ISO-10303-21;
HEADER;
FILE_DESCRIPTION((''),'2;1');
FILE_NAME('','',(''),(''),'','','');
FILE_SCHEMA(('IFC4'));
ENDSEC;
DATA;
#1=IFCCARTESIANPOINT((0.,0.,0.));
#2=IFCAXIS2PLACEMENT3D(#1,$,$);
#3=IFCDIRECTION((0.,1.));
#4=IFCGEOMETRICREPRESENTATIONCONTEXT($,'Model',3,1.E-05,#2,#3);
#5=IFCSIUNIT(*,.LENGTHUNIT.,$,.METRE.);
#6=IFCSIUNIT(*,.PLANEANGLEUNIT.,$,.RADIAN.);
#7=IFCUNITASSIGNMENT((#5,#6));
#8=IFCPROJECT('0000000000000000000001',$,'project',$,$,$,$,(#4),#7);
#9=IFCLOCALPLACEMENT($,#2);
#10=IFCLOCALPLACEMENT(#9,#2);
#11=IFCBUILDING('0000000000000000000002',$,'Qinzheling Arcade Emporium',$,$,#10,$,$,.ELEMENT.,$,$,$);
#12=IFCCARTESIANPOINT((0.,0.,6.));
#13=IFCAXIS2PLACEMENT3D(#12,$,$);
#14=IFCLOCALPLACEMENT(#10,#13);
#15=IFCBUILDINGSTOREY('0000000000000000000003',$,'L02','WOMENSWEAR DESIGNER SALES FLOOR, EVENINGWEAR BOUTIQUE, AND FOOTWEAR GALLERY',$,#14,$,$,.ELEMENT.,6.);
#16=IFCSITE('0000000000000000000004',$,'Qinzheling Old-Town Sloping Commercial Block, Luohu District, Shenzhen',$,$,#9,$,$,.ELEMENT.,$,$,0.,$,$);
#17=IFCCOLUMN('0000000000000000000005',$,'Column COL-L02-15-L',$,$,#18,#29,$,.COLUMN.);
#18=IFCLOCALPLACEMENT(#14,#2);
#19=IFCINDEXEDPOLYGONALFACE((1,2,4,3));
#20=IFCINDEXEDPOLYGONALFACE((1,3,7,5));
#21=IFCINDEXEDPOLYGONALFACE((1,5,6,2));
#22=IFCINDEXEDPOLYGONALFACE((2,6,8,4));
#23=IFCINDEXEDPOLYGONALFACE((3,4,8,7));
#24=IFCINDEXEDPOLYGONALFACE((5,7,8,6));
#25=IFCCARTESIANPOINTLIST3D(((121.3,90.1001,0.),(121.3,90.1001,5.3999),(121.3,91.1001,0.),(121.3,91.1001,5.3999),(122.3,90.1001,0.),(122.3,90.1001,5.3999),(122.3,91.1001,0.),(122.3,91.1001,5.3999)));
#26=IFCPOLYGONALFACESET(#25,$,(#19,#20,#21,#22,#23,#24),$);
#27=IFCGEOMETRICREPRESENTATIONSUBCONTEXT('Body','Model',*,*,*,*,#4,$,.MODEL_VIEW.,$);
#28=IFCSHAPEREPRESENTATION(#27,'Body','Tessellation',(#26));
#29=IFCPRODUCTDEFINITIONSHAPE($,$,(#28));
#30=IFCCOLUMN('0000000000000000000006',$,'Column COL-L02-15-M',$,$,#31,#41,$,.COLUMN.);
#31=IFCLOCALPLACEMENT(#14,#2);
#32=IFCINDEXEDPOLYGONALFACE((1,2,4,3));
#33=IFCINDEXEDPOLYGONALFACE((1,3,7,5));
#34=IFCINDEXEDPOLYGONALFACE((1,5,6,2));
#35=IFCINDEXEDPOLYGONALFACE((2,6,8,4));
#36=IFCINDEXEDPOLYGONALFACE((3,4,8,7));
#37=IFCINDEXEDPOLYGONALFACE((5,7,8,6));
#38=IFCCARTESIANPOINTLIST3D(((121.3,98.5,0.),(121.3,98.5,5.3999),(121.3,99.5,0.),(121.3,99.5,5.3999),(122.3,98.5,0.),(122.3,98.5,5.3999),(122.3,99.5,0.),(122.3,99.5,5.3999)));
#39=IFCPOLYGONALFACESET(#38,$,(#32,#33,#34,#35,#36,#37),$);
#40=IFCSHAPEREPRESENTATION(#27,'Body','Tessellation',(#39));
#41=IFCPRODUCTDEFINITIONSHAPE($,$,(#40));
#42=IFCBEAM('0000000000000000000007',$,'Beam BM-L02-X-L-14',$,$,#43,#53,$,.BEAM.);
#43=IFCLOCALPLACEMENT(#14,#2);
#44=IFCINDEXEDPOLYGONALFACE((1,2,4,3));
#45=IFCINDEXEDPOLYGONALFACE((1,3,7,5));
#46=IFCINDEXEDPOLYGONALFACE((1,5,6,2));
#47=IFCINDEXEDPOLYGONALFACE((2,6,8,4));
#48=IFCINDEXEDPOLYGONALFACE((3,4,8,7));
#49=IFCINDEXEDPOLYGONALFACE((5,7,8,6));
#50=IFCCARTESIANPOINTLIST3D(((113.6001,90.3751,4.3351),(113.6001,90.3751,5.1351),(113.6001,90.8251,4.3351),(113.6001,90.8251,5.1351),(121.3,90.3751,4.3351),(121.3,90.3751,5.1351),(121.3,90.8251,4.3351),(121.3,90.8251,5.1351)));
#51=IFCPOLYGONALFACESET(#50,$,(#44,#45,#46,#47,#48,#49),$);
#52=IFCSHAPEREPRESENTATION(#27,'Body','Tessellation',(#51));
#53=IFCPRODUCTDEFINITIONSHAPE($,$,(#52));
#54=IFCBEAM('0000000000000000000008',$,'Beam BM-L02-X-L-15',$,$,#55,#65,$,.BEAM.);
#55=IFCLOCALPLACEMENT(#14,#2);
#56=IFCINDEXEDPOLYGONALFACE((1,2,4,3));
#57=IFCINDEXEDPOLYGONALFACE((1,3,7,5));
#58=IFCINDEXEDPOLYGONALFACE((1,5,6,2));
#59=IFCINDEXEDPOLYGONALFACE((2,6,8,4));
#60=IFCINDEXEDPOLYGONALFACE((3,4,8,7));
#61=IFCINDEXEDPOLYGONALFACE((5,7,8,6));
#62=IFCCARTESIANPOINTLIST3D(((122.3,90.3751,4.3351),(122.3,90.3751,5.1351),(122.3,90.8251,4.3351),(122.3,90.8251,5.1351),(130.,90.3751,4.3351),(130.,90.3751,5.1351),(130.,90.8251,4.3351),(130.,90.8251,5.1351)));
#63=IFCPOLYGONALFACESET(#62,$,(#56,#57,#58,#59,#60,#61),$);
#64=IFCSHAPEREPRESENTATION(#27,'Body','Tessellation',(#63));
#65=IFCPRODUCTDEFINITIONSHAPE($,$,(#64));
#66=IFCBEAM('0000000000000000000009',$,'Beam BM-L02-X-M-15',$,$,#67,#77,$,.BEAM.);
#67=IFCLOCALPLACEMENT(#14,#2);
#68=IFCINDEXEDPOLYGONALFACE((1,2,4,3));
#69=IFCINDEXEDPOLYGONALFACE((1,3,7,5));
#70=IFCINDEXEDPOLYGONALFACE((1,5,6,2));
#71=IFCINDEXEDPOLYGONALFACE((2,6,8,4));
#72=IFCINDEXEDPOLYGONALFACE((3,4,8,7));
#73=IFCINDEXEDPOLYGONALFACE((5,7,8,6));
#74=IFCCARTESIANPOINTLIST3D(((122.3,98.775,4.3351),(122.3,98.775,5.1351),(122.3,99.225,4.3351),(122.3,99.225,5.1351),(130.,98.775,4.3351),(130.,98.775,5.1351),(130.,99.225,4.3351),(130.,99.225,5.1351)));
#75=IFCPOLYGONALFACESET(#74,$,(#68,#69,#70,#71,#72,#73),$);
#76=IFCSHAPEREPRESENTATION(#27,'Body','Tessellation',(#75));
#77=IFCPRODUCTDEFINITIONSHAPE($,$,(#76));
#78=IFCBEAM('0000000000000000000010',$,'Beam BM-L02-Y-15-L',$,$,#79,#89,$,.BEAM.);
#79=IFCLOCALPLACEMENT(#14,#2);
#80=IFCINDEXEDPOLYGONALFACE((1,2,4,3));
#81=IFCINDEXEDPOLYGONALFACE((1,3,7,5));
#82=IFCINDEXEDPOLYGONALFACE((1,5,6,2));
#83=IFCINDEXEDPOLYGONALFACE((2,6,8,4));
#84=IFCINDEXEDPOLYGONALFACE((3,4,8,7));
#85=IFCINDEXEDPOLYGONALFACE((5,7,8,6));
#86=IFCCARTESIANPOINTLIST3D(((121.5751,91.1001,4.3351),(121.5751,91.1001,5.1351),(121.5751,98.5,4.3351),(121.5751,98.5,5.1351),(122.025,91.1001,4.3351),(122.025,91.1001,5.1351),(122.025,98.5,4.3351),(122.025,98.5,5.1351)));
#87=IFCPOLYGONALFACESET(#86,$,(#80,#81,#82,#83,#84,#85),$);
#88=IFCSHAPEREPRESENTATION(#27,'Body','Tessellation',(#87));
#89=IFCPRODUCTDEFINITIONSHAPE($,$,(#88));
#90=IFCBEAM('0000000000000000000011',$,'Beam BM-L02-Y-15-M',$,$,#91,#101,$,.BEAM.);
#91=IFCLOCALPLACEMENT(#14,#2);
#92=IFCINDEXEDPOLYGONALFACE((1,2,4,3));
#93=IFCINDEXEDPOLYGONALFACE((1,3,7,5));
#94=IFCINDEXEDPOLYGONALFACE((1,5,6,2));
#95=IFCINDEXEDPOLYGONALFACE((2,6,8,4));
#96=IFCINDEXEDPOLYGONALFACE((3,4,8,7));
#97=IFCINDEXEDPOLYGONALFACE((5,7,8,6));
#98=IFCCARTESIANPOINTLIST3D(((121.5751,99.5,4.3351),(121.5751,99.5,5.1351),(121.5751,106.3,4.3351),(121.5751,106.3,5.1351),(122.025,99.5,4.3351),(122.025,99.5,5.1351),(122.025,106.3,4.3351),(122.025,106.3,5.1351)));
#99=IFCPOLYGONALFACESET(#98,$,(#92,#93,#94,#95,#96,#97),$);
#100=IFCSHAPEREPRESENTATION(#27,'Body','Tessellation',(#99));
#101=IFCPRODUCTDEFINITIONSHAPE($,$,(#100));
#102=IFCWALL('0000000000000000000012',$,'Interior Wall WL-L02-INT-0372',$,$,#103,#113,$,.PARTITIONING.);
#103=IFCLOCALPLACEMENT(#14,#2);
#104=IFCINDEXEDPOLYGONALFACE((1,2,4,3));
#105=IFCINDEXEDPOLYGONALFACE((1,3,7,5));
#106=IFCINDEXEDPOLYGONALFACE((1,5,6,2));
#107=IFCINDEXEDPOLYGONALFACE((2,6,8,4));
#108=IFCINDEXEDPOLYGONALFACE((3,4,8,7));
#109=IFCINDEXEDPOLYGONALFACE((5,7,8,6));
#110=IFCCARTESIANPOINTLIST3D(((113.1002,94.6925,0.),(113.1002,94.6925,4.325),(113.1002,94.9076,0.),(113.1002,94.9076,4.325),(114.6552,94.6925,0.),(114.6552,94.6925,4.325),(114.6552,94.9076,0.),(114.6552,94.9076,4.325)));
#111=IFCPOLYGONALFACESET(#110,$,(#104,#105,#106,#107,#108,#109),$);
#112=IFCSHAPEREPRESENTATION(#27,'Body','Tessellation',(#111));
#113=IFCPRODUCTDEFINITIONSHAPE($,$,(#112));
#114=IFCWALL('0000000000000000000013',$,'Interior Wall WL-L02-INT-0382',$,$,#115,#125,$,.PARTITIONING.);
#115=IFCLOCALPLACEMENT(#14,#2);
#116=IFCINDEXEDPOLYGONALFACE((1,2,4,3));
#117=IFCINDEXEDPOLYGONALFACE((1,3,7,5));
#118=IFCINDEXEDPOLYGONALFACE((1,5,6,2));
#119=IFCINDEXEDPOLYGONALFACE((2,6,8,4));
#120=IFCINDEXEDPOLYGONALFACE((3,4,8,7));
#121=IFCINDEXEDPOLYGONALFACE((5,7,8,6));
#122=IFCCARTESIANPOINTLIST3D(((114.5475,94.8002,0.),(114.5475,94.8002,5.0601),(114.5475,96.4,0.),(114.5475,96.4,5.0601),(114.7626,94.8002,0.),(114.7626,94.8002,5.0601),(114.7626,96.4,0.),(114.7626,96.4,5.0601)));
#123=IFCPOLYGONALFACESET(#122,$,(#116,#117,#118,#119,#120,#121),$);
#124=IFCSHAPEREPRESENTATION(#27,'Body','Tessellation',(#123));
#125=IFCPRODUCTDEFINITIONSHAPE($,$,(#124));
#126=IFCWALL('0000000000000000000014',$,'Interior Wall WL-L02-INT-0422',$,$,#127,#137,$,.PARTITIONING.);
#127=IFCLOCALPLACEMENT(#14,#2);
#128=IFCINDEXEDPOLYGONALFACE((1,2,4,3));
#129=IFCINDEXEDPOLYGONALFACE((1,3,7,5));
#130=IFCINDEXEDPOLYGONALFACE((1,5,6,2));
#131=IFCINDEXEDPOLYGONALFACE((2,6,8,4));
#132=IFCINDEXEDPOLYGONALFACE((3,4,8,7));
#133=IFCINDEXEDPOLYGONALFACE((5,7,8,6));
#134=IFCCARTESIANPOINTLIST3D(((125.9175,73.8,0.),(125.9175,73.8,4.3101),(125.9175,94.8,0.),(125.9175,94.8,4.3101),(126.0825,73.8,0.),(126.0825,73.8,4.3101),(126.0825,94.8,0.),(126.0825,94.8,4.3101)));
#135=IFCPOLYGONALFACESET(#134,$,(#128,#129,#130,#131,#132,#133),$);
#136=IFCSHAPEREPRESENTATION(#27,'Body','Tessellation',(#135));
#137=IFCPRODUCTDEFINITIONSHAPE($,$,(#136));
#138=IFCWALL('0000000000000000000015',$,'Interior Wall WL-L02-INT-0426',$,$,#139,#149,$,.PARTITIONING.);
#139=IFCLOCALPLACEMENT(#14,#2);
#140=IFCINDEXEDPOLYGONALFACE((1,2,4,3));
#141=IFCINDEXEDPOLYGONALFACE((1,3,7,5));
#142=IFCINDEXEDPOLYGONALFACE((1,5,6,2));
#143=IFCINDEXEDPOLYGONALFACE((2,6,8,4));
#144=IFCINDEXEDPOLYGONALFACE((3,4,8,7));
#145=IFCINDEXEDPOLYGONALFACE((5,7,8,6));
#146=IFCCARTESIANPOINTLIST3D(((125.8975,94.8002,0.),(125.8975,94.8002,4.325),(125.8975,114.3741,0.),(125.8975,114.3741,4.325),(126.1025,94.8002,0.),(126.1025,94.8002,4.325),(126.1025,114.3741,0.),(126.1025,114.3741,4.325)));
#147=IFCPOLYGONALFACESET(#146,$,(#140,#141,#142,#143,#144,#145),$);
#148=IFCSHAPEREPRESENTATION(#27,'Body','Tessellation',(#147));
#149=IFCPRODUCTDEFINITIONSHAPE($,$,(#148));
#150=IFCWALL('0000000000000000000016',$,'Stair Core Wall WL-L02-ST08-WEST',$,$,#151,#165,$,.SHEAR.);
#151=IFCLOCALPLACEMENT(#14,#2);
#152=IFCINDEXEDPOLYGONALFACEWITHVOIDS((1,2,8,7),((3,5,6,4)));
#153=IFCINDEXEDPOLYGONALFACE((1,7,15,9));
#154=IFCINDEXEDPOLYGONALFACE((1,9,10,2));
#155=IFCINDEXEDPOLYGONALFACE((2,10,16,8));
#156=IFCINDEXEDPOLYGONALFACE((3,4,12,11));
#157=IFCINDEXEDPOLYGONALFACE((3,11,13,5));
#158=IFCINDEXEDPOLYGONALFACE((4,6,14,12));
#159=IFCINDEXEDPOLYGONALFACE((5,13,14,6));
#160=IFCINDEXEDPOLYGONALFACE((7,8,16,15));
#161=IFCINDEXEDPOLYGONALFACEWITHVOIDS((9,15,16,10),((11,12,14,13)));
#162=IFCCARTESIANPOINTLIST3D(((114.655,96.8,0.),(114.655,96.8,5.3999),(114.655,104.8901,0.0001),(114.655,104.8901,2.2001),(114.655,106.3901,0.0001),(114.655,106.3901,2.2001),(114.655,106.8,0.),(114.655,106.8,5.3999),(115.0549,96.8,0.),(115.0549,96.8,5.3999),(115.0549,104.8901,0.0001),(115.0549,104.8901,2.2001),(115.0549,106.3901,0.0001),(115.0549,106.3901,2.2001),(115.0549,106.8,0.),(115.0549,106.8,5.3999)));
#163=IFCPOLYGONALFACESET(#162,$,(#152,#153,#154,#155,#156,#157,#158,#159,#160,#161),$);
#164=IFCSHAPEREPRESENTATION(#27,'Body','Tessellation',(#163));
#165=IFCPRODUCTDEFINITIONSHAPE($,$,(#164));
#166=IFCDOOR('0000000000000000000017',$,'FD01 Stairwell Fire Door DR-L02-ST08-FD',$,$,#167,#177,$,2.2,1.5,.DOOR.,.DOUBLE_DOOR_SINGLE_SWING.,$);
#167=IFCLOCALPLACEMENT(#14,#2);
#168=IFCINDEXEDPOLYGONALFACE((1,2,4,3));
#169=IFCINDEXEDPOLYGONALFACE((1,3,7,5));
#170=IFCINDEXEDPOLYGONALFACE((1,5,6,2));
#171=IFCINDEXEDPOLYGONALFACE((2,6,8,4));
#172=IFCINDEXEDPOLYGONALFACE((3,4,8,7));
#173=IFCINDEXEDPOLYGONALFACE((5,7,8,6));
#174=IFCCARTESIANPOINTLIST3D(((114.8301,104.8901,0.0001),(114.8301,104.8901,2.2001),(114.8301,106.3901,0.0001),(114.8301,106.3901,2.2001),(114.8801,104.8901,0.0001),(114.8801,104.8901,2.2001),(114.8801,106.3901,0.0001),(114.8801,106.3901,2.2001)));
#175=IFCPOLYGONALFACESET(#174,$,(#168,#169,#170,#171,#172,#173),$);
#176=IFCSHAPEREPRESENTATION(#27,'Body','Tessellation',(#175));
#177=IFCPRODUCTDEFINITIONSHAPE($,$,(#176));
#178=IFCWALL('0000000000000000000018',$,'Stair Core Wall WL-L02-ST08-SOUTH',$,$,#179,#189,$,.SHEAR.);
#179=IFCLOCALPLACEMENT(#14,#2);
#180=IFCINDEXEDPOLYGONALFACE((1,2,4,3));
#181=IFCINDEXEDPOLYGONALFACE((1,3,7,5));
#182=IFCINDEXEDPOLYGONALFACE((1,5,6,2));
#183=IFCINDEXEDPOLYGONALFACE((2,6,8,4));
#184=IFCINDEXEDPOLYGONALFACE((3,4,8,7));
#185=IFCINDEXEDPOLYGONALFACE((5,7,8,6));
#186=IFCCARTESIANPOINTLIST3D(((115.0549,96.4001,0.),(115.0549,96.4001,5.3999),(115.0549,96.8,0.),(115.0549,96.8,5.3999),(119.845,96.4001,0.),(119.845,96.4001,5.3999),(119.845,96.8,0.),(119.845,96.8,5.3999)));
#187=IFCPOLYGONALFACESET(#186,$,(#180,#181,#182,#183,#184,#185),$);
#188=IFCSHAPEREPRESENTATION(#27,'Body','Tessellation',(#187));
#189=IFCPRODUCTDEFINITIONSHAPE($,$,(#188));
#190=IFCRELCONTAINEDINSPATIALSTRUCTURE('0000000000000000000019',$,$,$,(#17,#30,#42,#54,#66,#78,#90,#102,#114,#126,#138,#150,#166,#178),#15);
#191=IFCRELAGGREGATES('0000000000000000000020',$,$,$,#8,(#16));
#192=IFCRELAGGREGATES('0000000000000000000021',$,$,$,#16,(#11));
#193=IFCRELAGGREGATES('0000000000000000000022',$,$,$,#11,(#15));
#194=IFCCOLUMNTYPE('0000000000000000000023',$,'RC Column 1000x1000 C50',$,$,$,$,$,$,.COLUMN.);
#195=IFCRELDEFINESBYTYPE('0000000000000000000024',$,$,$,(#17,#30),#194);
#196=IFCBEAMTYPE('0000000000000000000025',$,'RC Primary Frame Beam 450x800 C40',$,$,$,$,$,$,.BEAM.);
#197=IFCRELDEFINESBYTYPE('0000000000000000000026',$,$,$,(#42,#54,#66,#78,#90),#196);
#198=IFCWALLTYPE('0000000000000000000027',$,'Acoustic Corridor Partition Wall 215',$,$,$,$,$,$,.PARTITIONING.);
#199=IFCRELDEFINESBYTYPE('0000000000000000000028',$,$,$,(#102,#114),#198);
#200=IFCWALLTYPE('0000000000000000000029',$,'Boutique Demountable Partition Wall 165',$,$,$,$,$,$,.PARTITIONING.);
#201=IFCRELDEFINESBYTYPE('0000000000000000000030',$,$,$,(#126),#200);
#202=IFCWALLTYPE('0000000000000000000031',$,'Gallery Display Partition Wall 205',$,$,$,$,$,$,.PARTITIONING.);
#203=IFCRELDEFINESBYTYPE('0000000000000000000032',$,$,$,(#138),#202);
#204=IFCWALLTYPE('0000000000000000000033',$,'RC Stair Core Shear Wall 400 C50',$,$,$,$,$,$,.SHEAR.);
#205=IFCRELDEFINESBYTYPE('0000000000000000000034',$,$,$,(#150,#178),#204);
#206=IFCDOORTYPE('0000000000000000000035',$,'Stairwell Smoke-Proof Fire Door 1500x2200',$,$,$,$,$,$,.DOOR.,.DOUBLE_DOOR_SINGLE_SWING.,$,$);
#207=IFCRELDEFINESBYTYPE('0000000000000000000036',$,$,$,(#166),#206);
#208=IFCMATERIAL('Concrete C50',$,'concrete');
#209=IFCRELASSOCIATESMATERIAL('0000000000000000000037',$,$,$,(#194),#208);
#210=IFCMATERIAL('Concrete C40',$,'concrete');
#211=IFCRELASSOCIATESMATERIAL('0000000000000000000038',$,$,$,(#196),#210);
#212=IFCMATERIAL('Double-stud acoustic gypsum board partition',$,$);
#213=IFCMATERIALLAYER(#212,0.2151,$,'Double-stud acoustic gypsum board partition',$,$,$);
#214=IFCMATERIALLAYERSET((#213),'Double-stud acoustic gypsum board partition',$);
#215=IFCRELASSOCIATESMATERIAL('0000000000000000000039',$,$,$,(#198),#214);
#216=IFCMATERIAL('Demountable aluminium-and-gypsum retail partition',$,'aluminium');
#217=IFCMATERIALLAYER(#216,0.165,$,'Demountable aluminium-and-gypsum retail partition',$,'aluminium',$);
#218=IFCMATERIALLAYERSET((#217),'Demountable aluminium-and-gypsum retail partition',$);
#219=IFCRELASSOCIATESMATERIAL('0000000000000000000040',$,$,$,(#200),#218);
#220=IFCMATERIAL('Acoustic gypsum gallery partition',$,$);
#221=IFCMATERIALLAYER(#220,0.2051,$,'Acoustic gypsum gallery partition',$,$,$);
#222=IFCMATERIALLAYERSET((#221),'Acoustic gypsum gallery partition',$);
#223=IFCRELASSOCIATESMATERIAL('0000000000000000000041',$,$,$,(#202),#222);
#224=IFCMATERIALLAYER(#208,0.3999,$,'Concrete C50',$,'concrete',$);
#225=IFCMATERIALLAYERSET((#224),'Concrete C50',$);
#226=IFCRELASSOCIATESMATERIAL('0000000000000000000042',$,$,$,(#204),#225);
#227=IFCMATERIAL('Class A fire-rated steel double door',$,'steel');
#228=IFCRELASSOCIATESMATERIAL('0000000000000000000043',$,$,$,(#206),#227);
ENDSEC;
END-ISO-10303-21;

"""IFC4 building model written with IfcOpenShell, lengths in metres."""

from ifc_helpers import new_model, si_unit, direction, frame, frame_2d, origin, origin_2d, place, context, subcontext, project, spatial, rectangle, extrude, material, layer, layer_set, material_profile, profile_set, type_object, element, fill, save


model = new_model("IFC4")

# Units and contexts
model_context = context("Model", 3, precision=1e-05, world=origin(), true_north=direction((0.0, 1.0)))
body_context = subcontext(model_context, "Body", "Model", "MODEL_VIEW")
ifc_project = project(units=[si_unit("LENGTHUNIT", "METRE"), si_unit("PLANEANGLEUNIT", "RADIAN")], contexts=[model_context])

# Site, building, storey
site_placement = place(None, origin())
site = spatial("IfcSite", under=ifc_project, at=site_placement, Name="Qinzheling Old-Town Sloping Commercial Block, Luohu District, Shenzhen", CompositionType="ELEMENT", RefElevation=0.0)
building_placement = place(site_placement, origin())
building = spatial("IfcBuilding", under=site, at=building_placement, Name="Qinzheling Arcade Emporium", CompositionType="ELEMENT")
storey_placement = place(building_placement, frame((0.0, 0.0, 6.0)))
storey = spatial("IfcBuildingStorey", under=building, at=storey_placement, Name="L02", Description="WOMENSWEAR DESIGNER SALES FLOOR, EVENINGWEAR BOUTIQUE, AND FOOTWEAR GALLERY", CompositionType="ELEMENT", Elevation=6.0)

# Columns
ifc_material_1 = material(Name="Concrete C50", Category="concrete")
ifc_material_profile_1 = material_profile(ifc_material_1, rectangle(XDim=1.0, YDim=1.0, at=origin_2d()), Name="RC 1000x1000", Category="concrete")
ifc_profile_set_1 = profile_set([ifc_material_profile_1], Name="Concrete C50")
column_type = type_object("IfcColumnType", Name="RC Column 1000x1000 C50", PredefinedType="COLUMN", material=ifc_profile_set_1)
for number, where, z_axis, x_axis, name in (
    (1, (121.8, 90.6001, 0.0), (0.0, 0.0, 1.0), (1.0, 0.0, 0.0), "Column COL-L02-15-L"),
    (2, (121.8, 99.0, 0.0), (0.0, 0.0, 1.0), (1.0, 0.0, 0.0), "Column COL-L02-15-M"),
):
    element("IfcColumn", number, at=place(storey_placement, frame(where, z_axis=z_axis, x_axis=x_axis)), inside=storey, type_object=column_type, Name=name, PredefinedType="COLUMN", context=body_context, shape_type="SweptSolid", body=[
        extrude(rectangle(XDim=1.0, YDim=1.0, at=origin_2d()), origin(), (0.0, 0.0, 1.0), 5.3999),
    ])

# Beams
ifc_material_2 = material(Name="Concrete C40", Category="concrete")
ifc_material_profile_2 = material_profile(ifc_material_2, rectangle(XDim=0.45, YDim=0.8, at=origin_2d()), Name="RC 450x800", Category="concrete")
ifc_profile_set_2 = profile_set([ifc_material_profile_2], Name="Concrete C40")
beam_type = type_object("IfcBeamType", Name="RC Primary Frame Beam 450x800 C40", PredefinedType="BEAM", material=ifc_profile_set_2)
for number, where, z_axis, x_axis, name in (
    (3, (113.6001, 90.6001, 4.7351), (1.0, 0.0, 0.0), (0.0, 1.0, 0.0), "Beam BM-L02-X-L-14"),
    (4, (122.3, 90.6001, 4.7351), (1.0, 0.0, 0.0), (0.0, 1.0, 0.0), "Beam BM-L02-X-L-15"),
    (5, (122.3, 99.0, 4.7351), (1.0, 0.0, 0.0), (0.0, 1.0, 0.0), "Beam BM-L02-X-M-15"),
):
    element("IfcBeam", number, at=place(storey_placement, frame(where, z_axis=z_axis, x_axis=x_axis)), inside=storey, type_object=beam_type, Name=name, PredefinedType="BEAM", context=body_context, shape_type="SweptSolid", body=[
        extrude(rectangle(XDim=0.45, YDim=0.8, at=origin_2d()), origin(), (0.0, 0.0, 1.0), 7.7),
    ])
beam_1_placement = place(storey_placement, frame((121.8, 91.1001, 4.7351), z_axis=(0.0, 1.0, 0.0), x_axis=(-1.0, 0.0, 0.0)))
element("IfcBeam", 6, at=beam_1_placement, inside=storey, type_object=beam_type, Name="Beam BM-L02-Y-15-L", PredefinedType="BEAM", context=body_context, shape_type="SweptSolid", body=[
    extrude(rectangle(XDim=0.45, YDim=0.8, at=origin_2d()), origin(), (0.0, 0.0, 1.0), 7.3999),
])
beam_2_placement = place(storey_placement, frame((121.8, 99.5, 4.7351), z_axis=(0.0, 1.0, 0.0), x_axis=(-1.0, 0.0, 0.0)))
element("IfcBeam", 7, at=beam_2_placement, inside=storey, type_object=beam_type, Name="Beam BM-L02-Y-15-M", PredefinedType="BEAM", context=body_context, shape_type="SweptSolid", body=[
    extrude(rectangle(XDim=0.45, YDim=0.8, at=origin_2d()), origin(), (0.0, 0.0, 1.0), 6.8),
])

# Walls
ifc_material_3 = material(Name="Double-stud acoustic gypsum board partition")
ifc_layer_1 = layer(ifc_material_3, 0.2151, Name="Double-stud acoustic gypsum board partition")
ifc_layer_set_1 = layer_set([ifc_layer_1], Name="Double-stud acoustic gypsum board partition")
wall_type_1 = type_object("IfcWallType", Name="Acoustic Corridor Partition Wall 215", PredefinedType="PARTITIONING", material=ifc_layer_set_1)
wall_1_placement = place(storey_placement, frame((114.655, 94.8, 0.0), z_axis=(0.0, 0.0, 1.0), x_axis=(-1.0, 0.0, 0.0)))
element("IfcWall", 8, at=wall_1_placement, inside=storey, type_object=wall_type_1, Name="Interior Wall WL-L02-INT-0372", PredefinedType="PARTITIONING", context=body_context, shape_type="SweptSolid", body=[
    extrude(rectangle(XDim=1.5549, YDim=0.2151, at=frame_2d((0.7773, 0.0))), origin(), (0.0, 0.0, 1.0), 4.325),
])
wall_2_placement = place(storey_placement, frame((114.655, 96.3999, 0.0), z_axis=(0.0, 0.0, 1.0), x_axis=(0.0, -1.0, 0.0)))
element("IfcWall", 9, at=wall_2_placement, inside=storey, type_object=wall_type_1, Name="Interior Wall WL-L02-INT-0382", PredefinedType="PARTITIONING", context=body_context, shape_type="SweptSolid", body=[
    extrude(rectangle(XDim=1.5999, YDim=0.2151, at=frame_2d((0.7998, 0.0))), origin(), (0.0, 0.0, 1.0), 5.0601),
])
ifc_material_4 = material(Name="Demountable aluminium-and-gypsum retail partition", Category="aluminium")
ifc_layer_2 = layer(ifc_material_4, 0.165, Name="Demountable aluminium-and-gypsum retail partition", Category="aluminium")
ifc_layer_set_2 = layer_set([ifc_layer_2], Name="Demountable aluminium-and-gypsum retail partition")
wall_type_2 = type_object("IfcWallType", Name="Boutique Demountable Partition Wall 165", PredefinedType="PARTITIONING", material=ifc_layer_set_2)
wall_3_placement = place(storey_placement, frame((126.0, 94.8, 0.0), z_axis=(0.0, 0.0, 1.0), x_axis=(0.0, -1.0, 0.0)))
element("IfcWall", 10, at=wall_3_placement, inside=storey, type_object=wall_type_2, Name="Interior Wall WL-L02-INT-0422", PredefinedType="PARTITIONING", context=body_context, shape_type="SweptSolid", body=[
    extrude(rectangle(XDim=21.0, YDim=0.165, at=frame_2d((10.5, 0.0))), origin(), (0.0, 0.0, 1.0), 4.3101),
])
ifc_material_5 = material(Name="Acoustic gypsum gallery partition")
ifc_layer_3 = layer(ifc_material_5, 0.2051, Name="Acoustic gypsum gallery partition")
ifc_layer_set_3 = layer_set([ifc_layer_3], Name="Acoustic gypsum gallery partition")
wall_type_3 = type_object("IfcWallType", Name="Gallery Display Partition Wall 205", PredefinedType="PARTITIONING", material=ifc_layer_set_3)
wall_4_placement = place(storey_placement, frame((126.0, 94.8, 0.0), z_axis=(0.0, 0.0, 1.0), x_axis=(0.0, 1.0, 0.0)))
element("IfcWall", 11, at=wall_4_placement, inside=storey, type_object=wall_type_3, Name="Interior Wall WL-L02-INT-0426", PredefinedType="PARTITIONING", context=body_context, shape_type="SweptSolid", body=[
    extrude(rectangle(XDim=19.574, YDim=0.2051, at=frame_2d((9.7871, 0.0))), origin(), (0.0, 0.0, 1.0), 4.325),
])

# Wall, opening, door
ifc_layer_4 = layer(ifc_material_1, 0.3999, Name="Concrete C50", Category="concrete")
ifc_layer_set_4 = layer_set([ifc_layer_4], Name="Concrete C50")
wall_type_4 = type_object("IfcWallType", Name="RC Stair Core Shear Wall 400 C50", PredefinedType="SHEAR", material=ifc_layer_set_4)
wall_5_placement = place(storey_placement, frame((114.855, 96.8, 0.0), z_axis=(0.0, 0.0, 1.0), x_axis=(0.0, 1.0, 0.0)))
wall_5 = element("IfcWall", 12, at=wall_5_placement, inside=storey, type_object=wall_type_4, Name="Stair Core Wall WL-L02-ST08-WEST", PredefinedType="SHEAR", context=body_context, shape_type="SweptSolid", body=[
    extrude(rectangle(XDim=10.0, YDim=0.3999, at=frame_2d((5.0, 0.0))), origin(), (0.0, 0.0, 1.0), 5.3999),
])
opening_placement = place(wall_5_placement, frame((8.0901, 0.0, 0.0)))
opening = element("IfcOpeningElement", 13, at=opening_placement, cuts=wall_5, PredefinedType="OPENING", context=body_context, shape_type="SweptSolid", body=[
    extrude(rectangle(XDim=1.5, YDim=2.2, at=frame_2d((0.75, 1.1001))), frame((0.0, 0.21, 0.0), z_axis=(0.0, -1.0, 0.0), x_axis=(1.0, 0.0, 0.0)), (0.0, 0.0, 1.0), 0.4199),
])
ifc_material_6 = material(Name="Class A fire-rated steel double door", Category="steel")
door_type = type_object("IfcDoorType", Name="Stairwell Smoke-Proof Fire Door 1500x2200", OperationType="DOUBLE_DOOR_SINGLE_SWING", PredefinedType="DOOR", material=ifc_material_6)
door_placement = place(opening_placement, origin())
door = element("IfcDoor", 14, at=door_placement, inside=storey, type_object=door_type, Name="FD01 Stairwell Fire Door DR-L02-ST08-FD", OperationType="DOUBLE_DOOR_SINGLE_SWING", OverallHeight=2.2, OverallWidth=1.5, PredefinedType="DOOR", context=body_context, shape_type="SweptSolid", body=[
    extrude(rectangle(XDim=1.5, YDim=2.2, at=frame_2d((0.75, 1.1001))), frame((0.0, 0.0249, 0.0), z_axis=(0.0, -1.0, 0.0), x_axis=(1.0, 0.0, 0.0)), (0.0, 0.0, 1.0), 0.05),
])
fill(opening, door)

# Wall
wall_6_placement = place(storey_placement, frame((119.845, 96.6001, 0.0), z_axis=(0.0, 0.0, 1.0), x_axis=(-1.0, 0.0, 0.0)))
element("IfcWall", 15, at=wall_6_placement, inside=storey, type_object=wall_type_4, Name="Stair Core Wall WL-L02-ST08-SOUTH", PredefinedType="SHEAR", context=body_context, shape_type="SweptSolid", body=[
    extrude(rectangle(XDim=4.79, YDim=0.3999, at=frame_2d((2.395, 0.0))), origin(), (0.0, 0.0, 1.0), 5.3999),
])

save(model, "model.ifc")
